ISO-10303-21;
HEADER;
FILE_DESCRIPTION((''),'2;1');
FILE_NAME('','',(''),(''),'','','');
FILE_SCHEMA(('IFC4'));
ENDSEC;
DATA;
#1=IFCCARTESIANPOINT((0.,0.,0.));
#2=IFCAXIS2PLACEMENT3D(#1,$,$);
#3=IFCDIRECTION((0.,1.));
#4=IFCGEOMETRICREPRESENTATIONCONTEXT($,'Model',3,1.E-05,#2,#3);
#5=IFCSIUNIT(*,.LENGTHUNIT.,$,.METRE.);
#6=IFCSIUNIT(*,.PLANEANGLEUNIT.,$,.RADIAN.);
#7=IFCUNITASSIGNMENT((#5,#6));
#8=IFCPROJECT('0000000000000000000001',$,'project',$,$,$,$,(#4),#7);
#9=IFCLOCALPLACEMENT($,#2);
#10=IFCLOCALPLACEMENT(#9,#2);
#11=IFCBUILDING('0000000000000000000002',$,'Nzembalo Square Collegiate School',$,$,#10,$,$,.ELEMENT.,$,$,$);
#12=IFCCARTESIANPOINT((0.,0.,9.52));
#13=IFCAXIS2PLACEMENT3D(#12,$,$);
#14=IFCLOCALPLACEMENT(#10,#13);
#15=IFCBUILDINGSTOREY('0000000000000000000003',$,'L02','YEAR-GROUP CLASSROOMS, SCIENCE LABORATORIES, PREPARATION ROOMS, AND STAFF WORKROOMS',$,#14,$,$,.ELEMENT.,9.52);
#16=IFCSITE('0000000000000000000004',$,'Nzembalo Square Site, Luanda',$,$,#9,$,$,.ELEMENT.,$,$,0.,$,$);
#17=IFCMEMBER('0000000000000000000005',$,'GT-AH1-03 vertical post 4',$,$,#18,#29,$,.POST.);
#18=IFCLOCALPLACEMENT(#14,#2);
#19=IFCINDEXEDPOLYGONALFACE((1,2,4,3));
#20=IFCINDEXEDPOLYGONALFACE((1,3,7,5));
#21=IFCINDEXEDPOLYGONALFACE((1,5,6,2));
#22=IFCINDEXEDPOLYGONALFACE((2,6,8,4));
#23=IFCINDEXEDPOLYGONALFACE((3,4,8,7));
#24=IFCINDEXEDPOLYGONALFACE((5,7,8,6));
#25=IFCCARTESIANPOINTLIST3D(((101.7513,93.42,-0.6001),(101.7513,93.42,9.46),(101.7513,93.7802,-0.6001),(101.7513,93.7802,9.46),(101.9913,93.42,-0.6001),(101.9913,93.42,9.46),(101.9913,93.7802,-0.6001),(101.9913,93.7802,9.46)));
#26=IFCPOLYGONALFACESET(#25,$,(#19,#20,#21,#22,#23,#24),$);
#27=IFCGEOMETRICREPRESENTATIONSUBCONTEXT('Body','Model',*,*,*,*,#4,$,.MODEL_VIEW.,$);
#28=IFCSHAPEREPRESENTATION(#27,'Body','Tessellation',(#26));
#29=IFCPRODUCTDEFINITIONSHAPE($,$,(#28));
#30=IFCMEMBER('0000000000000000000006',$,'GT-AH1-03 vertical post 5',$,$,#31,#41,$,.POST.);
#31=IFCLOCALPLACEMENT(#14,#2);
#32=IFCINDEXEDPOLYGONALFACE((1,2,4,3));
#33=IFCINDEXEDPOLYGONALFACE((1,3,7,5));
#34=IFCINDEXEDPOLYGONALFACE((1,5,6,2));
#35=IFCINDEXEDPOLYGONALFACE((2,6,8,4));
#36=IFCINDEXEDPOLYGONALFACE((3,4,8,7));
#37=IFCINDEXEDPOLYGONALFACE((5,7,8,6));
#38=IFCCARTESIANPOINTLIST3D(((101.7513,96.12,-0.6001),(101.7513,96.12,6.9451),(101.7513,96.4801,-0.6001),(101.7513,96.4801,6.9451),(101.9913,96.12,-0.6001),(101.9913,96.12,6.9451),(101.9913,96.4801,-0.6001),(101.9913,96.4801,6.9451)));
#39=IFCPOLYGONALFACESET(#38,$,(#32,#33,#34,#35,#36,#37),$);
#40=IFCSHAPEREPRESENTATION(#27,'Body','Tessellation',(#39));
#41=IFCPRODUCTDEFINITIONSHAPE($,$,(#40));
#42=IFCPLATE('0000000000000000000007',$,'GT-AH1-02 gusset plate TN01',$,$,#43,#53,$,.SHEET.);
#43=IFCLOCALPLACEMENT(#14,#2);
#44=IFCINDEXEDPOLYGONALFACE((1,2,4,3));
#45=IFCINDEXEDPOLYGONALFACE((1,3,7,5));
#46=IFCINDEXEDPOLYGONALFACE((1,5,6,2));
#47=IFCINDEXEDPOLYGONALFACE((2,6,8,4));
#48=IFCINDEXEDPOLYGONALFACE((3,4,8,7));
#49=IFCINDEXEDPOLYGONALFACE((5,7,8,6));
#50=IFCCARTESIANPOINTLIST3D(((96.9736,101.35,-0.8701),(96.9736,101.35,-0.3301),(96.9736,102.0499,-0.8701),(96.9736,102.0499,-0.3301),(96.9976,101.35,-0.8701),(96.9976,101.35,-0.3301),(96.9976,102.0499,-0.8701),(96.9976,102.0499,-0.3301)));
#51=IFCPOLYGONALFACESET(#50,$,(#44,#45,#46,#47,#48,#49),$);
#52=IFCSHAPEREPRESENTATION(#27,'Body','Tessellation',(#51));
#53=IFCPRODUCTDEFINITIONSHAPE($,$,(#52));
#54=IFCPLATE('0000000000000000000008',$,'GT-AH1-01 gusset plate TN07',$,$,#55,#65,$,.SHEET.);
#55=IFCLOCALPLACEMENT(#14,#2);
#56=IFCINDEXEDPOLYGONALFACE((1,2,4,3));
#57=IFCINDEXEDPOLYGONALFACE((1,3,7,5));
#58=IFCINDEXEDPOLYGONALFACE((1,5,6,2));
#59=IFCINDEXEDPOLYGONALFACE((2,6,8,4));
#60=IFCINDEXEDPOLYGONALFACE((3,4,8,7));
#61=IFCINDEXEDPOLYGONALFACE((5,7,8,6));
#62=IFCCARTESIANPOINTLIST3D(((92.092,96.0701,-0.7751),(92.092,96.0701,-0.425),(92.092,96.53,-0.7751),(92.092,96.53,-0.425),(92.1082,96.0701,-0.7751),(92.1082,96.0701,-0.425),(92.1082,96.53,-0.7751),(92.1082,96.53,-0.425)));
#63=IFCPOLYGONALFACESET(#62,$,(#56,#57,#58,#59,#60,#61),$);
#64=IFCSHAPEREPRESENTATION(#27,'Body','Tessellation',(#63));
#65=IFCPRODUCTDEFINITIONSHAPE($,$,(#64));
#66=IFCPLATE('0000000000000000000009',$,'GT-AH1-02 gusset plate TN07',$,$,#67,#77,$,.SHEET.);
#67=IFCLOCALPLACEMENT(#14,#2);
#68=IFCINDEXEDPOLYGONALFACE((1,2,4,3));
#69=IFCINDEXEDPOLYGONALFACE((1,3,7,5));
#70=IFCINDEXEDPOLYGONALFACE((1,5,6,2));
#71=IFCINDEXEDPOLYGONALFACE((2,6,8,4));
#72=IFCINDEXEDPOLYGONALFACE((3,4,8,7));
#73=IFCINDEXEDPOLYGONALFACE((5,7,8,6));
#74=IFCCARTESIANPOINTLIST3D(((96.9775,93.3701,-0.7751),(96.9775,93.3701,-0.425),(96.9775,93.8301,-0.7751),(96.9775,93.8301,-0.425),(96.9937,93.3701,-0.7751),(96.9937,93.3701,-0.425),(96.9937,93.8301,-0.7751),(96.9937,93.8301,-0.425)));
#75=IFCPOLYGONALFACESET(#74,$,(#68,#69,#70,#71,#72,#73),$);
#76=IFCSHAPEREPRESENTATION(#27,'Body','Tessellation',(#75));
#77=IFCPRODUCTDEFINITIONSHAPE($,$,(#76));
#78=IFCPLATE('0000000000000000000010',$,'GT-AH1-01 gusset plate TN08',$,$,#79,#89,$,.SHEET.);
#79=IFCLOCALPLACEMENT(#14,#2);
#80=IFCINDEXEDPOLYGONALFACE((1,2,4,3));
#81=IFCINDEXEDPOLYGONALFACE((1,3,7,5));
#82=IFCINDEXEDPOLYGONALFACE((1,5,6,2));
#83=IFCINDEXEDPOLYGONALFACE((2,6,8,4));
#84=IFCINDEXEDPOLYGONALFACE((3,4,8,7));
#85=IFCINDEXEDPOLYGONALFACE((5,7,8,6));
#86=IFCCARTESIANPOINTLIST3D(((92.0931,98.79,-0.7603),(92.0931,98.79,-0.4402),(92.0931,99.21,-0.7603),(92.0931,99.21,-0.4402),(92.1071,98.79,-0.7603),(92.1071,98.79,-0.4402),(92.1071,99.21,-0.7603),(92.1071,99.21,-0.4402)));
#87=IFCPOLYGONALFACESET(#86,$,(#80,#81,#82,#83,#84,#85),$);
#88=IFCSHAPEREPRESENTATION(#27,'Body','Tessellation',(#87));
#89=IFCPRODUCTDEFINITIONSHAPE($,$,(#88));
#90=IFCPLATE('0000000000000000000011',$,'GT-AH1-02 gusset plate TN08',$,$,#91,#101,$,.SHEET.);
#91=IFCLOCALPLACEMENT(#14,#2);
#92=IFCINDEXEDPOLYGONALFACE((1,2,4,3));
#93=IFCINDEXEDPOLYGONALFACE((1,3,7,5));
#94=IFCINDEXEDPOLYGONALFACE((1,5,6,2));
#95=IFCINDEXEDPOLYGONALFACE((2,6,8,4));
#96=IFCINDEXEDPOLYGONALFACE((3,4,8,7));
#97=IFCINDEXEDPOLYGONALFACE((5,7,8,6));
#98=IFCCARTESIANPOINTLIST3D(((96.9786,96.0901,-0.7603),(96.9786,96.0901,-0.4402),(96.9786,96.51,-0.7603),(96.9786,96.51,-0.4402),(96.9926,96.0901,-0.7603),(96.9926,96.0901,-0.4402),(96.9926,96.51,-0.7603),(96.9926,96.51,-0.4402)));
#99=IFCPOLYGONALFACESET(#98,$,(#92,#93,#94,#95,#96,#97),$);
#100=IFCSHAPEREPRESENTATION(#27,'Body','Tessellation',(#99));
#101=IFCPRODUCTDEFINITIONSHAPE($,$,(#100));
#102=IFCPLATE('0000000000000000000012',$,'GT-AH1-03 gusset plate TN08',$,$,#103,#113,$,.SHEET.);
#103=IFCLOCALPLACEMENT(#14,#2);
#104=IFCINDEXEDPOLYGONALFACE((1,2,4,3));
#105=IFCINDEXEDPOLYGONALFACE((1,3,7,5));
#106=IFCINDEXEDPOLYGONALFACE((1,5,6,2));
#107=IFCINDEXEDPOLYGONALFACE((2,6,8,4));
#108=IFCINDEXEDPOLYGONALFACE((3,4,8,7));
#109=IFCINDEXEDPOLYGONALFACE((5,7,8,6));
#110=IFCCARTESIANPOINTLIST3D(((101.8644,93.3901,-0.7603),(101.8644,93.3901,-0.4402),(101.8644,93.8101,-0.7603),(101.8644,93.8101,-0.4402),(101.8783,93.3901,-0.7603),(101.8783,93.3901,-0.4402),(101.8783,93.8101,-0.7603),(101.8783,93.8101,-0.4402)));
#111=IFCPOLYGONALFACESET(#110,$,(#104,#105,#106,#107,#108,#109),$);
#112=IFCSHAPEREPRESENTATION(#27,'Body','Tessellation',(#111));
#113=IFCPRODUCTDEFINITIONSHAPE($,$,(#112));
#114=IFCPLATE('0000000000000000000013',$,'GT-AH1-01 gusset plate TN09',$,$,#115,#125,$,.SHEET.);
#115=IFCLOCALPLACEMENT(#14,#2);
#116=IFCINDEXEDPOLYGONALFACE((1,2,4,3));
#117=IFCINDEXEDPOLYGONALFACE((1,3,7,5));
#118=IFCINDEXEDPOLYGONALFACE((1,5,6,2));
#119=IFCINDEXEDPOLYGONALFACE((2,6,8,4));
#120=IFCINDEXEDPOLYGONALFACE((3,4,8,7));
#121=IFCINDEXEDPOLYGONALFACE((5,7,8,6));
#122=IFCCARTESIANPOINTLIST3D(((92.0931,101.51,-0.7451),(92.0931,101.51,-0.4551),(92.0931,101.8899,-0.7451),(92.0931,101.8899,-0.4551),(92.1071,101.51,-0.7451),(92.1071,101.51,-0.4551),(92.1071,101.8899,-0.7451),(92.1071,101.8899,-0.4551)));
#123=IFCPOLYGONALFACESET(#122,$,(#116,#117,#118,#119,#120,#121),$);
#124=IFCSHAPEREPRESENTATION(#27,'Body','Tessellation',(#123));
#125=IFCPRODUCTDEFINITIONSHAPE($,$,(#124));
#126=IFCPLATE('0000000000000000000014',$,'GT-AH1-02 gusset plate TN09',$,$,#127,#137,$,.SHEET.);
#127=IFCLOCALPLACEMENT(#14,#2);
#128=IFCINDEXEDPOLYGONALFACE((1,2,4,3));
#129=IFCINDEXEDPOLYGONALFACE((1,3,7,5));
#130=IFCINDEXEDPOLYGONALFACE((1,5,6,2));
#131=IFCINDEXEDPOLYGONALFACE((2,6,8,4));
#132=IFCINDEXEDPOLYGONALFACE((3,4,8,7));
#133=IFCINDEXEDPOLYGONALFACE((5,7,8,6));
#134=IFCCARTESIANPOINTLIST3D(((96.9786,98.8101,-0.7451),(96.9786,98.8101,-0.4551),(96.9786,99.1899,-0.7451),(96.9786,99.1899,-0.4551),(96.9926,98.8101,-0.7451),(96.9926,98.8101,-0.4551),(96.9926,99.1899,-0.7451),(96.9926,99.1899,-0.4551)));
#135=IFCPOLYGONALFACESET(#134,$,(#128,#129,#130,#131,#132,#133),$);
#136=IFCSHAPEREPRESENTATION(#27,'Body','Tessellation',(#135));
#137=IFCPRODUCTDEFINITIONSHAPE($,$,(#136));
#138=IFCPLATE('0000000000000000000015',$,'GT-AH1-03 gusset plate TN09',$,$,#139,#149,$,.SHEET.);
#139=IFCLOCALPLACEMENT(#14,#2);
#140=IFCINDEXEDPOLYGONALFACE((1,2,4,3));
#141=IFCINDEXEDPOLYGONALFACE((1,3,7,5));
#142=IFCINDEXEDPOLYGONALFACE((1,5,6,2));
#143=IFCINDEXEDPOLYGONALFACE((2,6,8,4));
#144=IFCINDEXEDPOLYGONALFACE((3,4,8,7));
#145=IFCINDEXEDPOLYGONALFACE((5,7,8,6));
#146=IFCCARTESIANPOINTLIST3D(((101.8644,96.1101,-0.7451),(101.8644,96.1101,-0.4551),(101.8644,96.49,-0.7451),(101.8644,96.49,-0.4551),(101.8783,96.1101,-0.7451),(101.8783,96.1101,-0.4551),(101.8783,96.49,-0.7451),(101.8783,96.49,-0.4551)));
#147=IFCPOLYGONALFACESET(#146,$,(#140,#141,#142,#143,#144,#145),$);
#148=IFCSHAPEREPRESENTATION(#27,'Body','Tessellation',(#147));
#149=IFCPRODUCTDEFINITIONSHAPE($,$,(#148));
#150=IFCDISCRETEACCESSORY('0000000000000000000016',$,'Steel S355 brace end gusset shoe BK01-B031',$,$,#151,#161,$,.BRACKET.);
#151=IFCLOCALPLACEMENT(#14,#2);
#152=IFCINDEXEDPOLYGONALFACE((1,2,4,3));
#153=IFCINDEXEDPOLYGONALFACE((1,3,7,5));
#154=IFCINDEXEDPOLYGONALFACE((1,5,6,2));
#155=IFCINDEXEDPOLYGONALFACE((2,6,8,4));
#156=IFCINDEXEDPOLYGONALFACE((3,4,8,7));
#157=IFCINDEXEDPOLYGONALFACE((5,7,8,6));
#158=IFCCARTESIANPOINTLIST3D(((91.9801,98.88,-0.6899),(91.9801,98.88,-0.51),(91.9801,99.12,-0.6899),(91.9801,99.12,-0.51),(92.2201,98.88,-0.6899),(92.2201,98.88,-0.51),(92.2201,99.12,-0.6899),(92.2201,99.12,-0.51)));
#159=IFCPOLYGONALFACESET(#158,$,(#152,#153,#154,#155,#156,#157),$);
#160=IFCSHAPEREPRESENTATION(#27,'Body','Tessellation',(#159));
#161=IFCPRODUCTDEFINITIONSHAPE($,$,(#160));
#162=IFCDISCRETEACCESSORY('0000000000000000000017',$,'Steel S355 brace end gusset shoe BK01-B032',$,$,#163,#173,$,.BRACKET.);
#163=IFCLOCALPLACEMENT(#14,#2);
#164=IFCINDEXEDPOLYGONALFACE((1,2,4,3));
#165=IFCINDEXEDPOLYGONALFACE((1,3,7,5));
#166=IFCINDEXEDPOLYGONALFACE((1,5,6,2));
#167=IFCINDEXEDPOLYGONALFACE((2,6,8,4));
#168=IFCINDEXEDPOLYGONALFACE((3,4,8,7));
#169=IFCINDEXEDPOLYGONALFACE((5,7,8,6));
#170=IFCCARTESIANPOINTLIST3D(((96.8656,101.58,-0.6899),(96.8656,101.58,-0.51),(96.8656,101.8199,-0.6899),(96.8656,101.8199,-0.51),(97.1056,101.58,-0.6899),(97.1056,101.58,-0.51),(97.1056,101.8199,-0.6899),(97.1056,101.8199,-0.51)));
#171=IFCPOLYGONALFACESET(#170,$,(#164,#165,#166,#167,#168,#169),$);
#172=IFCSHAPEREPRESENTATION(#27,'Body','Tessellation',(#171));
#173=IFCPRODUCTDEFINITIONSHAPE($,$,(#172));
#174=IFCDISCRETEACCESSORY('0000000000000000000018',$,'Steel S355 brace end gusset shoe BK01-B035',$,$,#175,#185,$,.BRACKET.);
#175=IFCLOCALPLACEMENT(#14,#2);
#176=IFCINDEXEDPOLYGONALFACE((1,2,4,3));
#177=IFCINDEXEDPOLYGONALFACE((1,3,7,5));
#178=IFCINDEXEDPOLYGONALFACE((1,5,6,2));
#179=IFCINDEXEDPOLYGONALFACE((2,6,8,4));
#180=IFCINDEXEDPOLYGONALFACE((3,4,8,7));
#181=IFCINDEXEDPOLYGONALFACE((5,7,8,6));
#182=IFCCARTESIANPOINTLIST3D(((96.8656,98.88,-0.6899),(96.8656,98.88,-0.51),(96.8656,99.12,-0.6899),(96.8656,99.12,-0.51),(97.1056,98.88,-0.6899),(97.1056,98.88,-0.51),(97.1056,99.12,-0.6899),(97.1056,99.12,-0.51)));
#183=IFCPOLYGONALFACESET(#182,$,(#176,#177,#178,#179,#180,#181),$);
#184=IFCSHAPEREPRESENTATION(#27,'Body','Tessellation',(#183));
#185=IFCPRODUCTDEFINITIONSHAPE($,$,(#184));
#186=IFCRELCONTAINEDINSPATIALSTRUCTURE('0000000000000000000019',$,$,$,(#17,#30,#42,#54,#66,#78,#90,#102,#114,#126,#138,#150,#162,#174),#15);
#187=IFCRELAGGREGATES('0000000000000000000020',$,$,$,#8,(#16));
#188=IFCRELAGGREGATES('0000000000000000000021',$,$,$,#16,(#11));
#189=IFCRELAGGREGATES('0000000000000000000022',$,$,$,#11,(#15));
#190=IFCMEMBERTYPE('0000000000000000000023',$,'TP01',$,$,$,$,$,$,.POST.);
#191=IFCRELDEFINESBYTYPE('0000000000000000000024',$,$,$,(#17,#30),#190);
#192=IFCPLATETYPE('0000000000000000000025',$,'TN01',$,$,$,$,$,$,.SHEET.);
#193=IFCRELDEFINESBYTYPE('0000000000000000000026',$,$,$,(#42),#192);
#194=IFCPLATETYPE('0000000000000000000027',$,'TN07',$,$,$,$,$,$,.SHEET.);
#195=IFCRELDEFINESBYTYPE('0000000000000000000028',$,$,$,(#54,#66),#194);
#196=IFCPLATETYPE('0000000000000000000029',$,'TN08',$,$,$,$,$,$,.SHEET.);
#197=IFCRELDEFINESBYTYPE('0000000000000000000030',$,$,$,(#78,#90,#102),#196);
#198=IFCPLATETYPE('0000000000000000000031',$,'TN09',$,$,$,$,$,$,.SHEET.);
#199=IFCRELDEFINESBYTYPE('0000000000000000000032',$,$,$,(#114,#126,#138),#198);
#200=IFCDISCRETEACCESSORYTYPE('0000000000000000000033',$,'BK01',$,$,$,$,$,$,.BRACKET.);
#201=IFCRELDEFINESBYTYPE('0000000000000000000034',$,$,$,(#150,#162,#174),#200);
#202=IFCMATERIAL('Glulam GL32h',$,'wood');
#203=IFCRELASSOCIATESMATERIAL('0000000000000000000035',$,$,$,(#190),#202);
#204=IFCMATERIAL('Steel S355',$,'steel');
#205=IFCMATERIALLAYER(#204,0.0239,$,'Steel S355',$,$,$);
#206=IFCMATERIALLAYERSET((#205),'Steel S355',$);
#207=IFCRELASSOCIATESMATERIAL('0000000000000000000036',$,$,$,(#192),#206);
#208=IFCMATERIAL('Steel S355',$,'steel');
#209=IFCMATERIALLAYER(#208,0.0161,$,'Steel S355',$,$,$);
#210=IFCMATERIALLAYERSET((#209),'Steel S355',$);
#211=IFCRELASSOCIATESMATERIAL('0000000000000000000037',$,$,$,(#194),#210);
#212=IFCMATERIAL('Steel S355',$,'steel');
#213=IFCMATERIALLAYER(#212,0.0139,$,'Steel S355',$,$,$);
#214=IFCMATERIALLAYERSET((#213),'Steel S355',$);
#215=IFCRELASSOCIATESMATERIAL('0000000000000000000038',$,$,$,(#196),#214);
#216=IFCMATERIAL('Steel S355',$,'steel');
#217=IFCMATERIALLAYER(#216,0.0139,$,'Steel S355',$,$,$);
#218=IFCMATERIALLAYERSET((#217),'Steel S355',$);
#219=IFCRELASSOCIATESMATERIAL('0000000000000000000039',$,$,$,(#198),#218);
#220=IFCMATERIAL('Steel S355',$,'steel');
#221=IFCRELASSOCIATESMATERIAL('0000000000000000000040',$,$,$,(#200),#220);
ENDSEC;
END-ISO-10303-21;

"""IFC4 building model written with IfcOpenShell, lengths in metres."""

from ifc_helpers import new_model, si_unit, direction, frame, origin, origin_2d, place, context, subcontext, project, spatial, rectangle, extrude, material, layer, layer_set, material_profile, profile_set, type_object, element, save


model = new_model("IFC4")

# Units and contexts
model_context = context("Model", 3, precision=1e-05, world=origin(), true_north=direction((0.0, 1.0)))
body_context = subcontext(model_context, "Body", "Model", "MODEL_VIEW")
ifc_project = project(units=[si_unit("LENGTHUNIT", "METRE"), si_unit("PLANEANGLEUNIT", "RADIAN")], contexts=[model_context])

# Site, building, storey
site_placement = place(None, origin())
site = spatial("IfcSite", under=ifc_project, at=site_placement, Name="Nzembalo Square Site, Luanda", CompositionType="ELEMENT", RefElevation=0.0)
building_placement = place(site_placement, origin())
building = spatial("IfcBuilding", under=site, at=building_placement, Name="Nzembalo Square Collegiate School", CompositionType="ELEMENT")
storey_placement = place(building_placement, frame((0.0, 0.0, 9.52)))
storey = spatial("IfcBuildingStorey", under=building, at=storey_placement, Name="L02", Description="YEAR-GROUP CLASSROOMS, SCIENCE LABORATORIES, PREPARATION ROOMS, AND STAFF WORKROOMS", CompositionType="ELEMENT", Elevation=9.52)

# Members
ifc_material_1 = material(Name="Glulam GL32h", Category="wood")
ifc_material_profile_1 = material_profile(ifc_material_1, rectangle(XDim=0.24, YDim=0.3601, at=origin_2d()), Name="GL32h 240x360")
ifc_profile_set_1 = profile_set([ifc_material_profile_1], Name="Glulam GL32h")
member_type_1 = type_object("IfcMemberType", Name="TP01", PredefinedType="POST", material=ifc_profile_set_1)
member_1_placement = place(storey_placement, frame((101.8713, 93.6001, -0.6001), z_axis=(0.0, 0.0, 1.0), x_axis=(1.0, 0.0, 0.0)))
element("IfcMember", 1, at=member_1_placement, inside=storey, type_object=member_type_1, Name="GT-AH1-03 vertical post 4", PredefinedType="POST", context=body_context, shape_type="SweptSolid", body=[
    extrude(rectangle(XDim=0.24, YDim=0.3601, at=origin_2d()), origin(), (0.0, 0.0, 1.0), 10.0601),
])
member_2_placement = place(storey_placement, frame((101.8713, 96.3, -0.6001), z_axis=(0.0, 0.0, 1.0), x_axis=(1.0, 0.0, 0.0)))
element("IfcMember", 2, at=member_2_placement, inside=storey, type_object=member_type_1, Name="GT-AH1-03 vertical post 5", PredefinedType="POST", context=body_context, shape_type="SweptSolid", body=[
    extrude(rectangle(XDim=0.24, YDim=0.3601, at=origin_2d()), origin(), (0.0, 0.0, 1.0), 7.5452),
])

# Plates
ifc_material_2 = material(Name="Steel S355", Category="steel")
ifc_layer_1 = layer(ifc_material_2, 0.0239, Name="Steel S355")
ifc_layer_set_1 = layer_set([ifc_layer_1], Name="Steel S355")
plate_type_1 = type_object("IfcPlateType", Name="TN01", PredefinedType="SHEET", material=ifc_layer_set_1)
plate_placement = place(storey_placement, frame((96.9856, 101.7, -0.8701), z_axis=(0.0, 0.0, 1.0), x_axis=(0.0, 1.0, 0.0)))
element("IfcPlate", 3, at=plate_placement, inside=storey, type_object=plate_type_1, Name="GT-AH1-02 gusset plate TN01", PredefinedType="SHEET", context=body_context, shape_type="SweptSolid", body=[
    extrude(rectangle(XDim=0.7, YDim=0.0239, at=origin_2d()), origin(), (0.0, 0.0, 1.0), 0.54),
])
ifc_material_3 = material(Name="Steel S355", Category="steel")
ifc_layer_2 = layer(ifc_material_3, 0.0161, Name="Steel S355")
ifc_layer_set_2 = layer_set([ifc_layer_2], Name="Steel S355")
plate_type_2 = type_object("IfcPlateType", Name="TN07", PredefinedType="SHEET", material=ifc_layer_set_2)
for number, where, z_axis, x_axis, name in (
    (4, (92.1001, 96.3, -0.7751), (0.0, 0.0, 1.0), (0.0, 1.0, 0.0), "GT-AH1-01 gusset plate TN07"),
    (5, (96.9856, 93.6001, -0.7751), (0.0, 0.0, 1.0), (0.0, 1.0, 0.0), "GT-AH1-02 gusset plate TN07"),
):
    element("IfcPlate", number, at=place(storey_placement, frame(where, z_axis=z_axis, x_axis=x_axis)), inside=storey, type_object=plate_type_2, Name=name, PredefinedType="SHEET", context=body_context, shape_type="SweptSolid", body=[
        extrude(rectangle(XDim=0.46, YDim=0.0161, at=origin_2d()), origin(), (0.0, 0.0, 1.0), 0.3501),
    ])
ifc_material_4 = material(Name="Steel S355", Category="steel")
ifc_layer_3 = layer(ifc_material_4, 0.0139, Name="Steel S355")
ifc_layer_set_3 = layer_set([ifc_layer_3], Name="Steel S355")
plate_type_3 = type_object("IfcPlateType", Name="TN08", PredefinedType="SHEET", material=ifc_layer_set_3)
for number, where, z_axis, x_axis, name in (
    (6, (92.1001, 99.0, -0.7603), (0.0, 0.0, 1.0), (0.0, 1.0, 0.0), "GT-AH1-01 gusset plate TN08"),
    (7, (96.9856, 96.3, -0.7603), (0.0, 0.0, 1.0), (0.0, 1.0, 0.0), "GT-AH1-02 gusset plate TN08"),
    (8, (101.8713, 93.6001, -0.7603), (0.0, 0.0, 1.0), (0.0, 1.0, 0.0), "GT-AH1-03 gusset plate TN08"),
):
    element("IfcPlate", number, at=place(storey_placement, frame(where, z_axis=z_axis, x_axis=x_axis)), inside=storey, type_object=plate_type_3, Name=name, PredefinedType="SHEET", context=body_context, shape_type="SweptSolid", body=[
        extrude(rectangle(XDim=0.4199, YDim=0.0139, at=origin_2d()), origin(), (0.0, 0.0, 1.0), 0.3201),
    ])
ifc_material_5 = material(Name="Steel S355", Category="steel")
ifc_layer_4 = layer(ifc_material_5, 0.0139, Name="Steel S355")
ifc_layer_set_4 = layer_set([ifc_layer_4], Name="Steel S355")
plate_type_4 = type_object("IfcPlateType", Name="TN09", PredefinedType="SHEET", material=ifc_layer_set_4)
for number, where, z_axis, x_axis, name in (
    (9, (92.1001, 101.7, -0.7451), (0.0, 0.0, 1.0), (0.0, 1.0, 0.0), "GT-AH1-01 gusset plate TN09"),
    (10, (96.9856, 99.0, -0.7451), (0.0, 0.0, 1.0), (0.0, 1.0, 0.0), "GT-AH1-02 gusset plate TN09"),
    (11, (101.8713, 96.3, -0.7451), (0.0, 0.0, 1.0), (0.0, 1.0, 0.0), "GT-AH1-03 gusset plate TN09"),
):
    element("IfcPlate", number, at=place(storey_placement, frame(where, z_axis=z_axis, x_axis=x_axis)), inside=storey, type_object=plate_type_4, Name=name, PredefinedType="SHEET", context=body_context, shape_type="SweptSolid", body=[
        extrude(rectangle(XDim=0.3799, YDim=0.0139, at=origin_2d()), origin(), (0.0, 0.0, 1.0), 0.29),
    ])

# Discrete accessories
ifc_material_6 = material(Name="Steel S355", Category="steel")
discrete_accessory_type = type_object("IfcDiscreteAccessoryType", Name="BK01", PredefinedType="BRACKET", material=ifc_material_6)
for number, where, z_axis, x_axis, name in (
    (12, (92.1001, 99.0, -0.6899), (0.0, 0.0, 1.0), (1.0, 0.0, 0.0), "Steel S355 brace end gusset shoe BK01-B031"),
    (13, (96.9856, 101.7, -0.6899), (0.0, 0.0, 1.0), (1.0, 0.0, 0.0), "Steel S355 brace end gusset shoe BK01-B032"),
    (14, (96.9856, 99.0, -0.6899), (0.0, 0.0, 1.0), (1.0, 0.0, 0.0), "Steel S355 brace end gusset shoe BK01-B035"),
):
    element("IfcDiscreteAccessory", number, at=place(storey_placement, frame(where, z_axis=z_axis, x_axis=x_axis)), inside=storey, type_object=discrete_accessory_type, Name=name, PredefinedType="BRACKET", context=body_context, shape_type="SweptSolid", body=[
        extrude(rectangle(XDim=0.24, YDim=0.24, at=origin_2d()), origin(), (0.0, 0.0, 1.0), 0.1799),
    ])

save(model, "model.ifc")
